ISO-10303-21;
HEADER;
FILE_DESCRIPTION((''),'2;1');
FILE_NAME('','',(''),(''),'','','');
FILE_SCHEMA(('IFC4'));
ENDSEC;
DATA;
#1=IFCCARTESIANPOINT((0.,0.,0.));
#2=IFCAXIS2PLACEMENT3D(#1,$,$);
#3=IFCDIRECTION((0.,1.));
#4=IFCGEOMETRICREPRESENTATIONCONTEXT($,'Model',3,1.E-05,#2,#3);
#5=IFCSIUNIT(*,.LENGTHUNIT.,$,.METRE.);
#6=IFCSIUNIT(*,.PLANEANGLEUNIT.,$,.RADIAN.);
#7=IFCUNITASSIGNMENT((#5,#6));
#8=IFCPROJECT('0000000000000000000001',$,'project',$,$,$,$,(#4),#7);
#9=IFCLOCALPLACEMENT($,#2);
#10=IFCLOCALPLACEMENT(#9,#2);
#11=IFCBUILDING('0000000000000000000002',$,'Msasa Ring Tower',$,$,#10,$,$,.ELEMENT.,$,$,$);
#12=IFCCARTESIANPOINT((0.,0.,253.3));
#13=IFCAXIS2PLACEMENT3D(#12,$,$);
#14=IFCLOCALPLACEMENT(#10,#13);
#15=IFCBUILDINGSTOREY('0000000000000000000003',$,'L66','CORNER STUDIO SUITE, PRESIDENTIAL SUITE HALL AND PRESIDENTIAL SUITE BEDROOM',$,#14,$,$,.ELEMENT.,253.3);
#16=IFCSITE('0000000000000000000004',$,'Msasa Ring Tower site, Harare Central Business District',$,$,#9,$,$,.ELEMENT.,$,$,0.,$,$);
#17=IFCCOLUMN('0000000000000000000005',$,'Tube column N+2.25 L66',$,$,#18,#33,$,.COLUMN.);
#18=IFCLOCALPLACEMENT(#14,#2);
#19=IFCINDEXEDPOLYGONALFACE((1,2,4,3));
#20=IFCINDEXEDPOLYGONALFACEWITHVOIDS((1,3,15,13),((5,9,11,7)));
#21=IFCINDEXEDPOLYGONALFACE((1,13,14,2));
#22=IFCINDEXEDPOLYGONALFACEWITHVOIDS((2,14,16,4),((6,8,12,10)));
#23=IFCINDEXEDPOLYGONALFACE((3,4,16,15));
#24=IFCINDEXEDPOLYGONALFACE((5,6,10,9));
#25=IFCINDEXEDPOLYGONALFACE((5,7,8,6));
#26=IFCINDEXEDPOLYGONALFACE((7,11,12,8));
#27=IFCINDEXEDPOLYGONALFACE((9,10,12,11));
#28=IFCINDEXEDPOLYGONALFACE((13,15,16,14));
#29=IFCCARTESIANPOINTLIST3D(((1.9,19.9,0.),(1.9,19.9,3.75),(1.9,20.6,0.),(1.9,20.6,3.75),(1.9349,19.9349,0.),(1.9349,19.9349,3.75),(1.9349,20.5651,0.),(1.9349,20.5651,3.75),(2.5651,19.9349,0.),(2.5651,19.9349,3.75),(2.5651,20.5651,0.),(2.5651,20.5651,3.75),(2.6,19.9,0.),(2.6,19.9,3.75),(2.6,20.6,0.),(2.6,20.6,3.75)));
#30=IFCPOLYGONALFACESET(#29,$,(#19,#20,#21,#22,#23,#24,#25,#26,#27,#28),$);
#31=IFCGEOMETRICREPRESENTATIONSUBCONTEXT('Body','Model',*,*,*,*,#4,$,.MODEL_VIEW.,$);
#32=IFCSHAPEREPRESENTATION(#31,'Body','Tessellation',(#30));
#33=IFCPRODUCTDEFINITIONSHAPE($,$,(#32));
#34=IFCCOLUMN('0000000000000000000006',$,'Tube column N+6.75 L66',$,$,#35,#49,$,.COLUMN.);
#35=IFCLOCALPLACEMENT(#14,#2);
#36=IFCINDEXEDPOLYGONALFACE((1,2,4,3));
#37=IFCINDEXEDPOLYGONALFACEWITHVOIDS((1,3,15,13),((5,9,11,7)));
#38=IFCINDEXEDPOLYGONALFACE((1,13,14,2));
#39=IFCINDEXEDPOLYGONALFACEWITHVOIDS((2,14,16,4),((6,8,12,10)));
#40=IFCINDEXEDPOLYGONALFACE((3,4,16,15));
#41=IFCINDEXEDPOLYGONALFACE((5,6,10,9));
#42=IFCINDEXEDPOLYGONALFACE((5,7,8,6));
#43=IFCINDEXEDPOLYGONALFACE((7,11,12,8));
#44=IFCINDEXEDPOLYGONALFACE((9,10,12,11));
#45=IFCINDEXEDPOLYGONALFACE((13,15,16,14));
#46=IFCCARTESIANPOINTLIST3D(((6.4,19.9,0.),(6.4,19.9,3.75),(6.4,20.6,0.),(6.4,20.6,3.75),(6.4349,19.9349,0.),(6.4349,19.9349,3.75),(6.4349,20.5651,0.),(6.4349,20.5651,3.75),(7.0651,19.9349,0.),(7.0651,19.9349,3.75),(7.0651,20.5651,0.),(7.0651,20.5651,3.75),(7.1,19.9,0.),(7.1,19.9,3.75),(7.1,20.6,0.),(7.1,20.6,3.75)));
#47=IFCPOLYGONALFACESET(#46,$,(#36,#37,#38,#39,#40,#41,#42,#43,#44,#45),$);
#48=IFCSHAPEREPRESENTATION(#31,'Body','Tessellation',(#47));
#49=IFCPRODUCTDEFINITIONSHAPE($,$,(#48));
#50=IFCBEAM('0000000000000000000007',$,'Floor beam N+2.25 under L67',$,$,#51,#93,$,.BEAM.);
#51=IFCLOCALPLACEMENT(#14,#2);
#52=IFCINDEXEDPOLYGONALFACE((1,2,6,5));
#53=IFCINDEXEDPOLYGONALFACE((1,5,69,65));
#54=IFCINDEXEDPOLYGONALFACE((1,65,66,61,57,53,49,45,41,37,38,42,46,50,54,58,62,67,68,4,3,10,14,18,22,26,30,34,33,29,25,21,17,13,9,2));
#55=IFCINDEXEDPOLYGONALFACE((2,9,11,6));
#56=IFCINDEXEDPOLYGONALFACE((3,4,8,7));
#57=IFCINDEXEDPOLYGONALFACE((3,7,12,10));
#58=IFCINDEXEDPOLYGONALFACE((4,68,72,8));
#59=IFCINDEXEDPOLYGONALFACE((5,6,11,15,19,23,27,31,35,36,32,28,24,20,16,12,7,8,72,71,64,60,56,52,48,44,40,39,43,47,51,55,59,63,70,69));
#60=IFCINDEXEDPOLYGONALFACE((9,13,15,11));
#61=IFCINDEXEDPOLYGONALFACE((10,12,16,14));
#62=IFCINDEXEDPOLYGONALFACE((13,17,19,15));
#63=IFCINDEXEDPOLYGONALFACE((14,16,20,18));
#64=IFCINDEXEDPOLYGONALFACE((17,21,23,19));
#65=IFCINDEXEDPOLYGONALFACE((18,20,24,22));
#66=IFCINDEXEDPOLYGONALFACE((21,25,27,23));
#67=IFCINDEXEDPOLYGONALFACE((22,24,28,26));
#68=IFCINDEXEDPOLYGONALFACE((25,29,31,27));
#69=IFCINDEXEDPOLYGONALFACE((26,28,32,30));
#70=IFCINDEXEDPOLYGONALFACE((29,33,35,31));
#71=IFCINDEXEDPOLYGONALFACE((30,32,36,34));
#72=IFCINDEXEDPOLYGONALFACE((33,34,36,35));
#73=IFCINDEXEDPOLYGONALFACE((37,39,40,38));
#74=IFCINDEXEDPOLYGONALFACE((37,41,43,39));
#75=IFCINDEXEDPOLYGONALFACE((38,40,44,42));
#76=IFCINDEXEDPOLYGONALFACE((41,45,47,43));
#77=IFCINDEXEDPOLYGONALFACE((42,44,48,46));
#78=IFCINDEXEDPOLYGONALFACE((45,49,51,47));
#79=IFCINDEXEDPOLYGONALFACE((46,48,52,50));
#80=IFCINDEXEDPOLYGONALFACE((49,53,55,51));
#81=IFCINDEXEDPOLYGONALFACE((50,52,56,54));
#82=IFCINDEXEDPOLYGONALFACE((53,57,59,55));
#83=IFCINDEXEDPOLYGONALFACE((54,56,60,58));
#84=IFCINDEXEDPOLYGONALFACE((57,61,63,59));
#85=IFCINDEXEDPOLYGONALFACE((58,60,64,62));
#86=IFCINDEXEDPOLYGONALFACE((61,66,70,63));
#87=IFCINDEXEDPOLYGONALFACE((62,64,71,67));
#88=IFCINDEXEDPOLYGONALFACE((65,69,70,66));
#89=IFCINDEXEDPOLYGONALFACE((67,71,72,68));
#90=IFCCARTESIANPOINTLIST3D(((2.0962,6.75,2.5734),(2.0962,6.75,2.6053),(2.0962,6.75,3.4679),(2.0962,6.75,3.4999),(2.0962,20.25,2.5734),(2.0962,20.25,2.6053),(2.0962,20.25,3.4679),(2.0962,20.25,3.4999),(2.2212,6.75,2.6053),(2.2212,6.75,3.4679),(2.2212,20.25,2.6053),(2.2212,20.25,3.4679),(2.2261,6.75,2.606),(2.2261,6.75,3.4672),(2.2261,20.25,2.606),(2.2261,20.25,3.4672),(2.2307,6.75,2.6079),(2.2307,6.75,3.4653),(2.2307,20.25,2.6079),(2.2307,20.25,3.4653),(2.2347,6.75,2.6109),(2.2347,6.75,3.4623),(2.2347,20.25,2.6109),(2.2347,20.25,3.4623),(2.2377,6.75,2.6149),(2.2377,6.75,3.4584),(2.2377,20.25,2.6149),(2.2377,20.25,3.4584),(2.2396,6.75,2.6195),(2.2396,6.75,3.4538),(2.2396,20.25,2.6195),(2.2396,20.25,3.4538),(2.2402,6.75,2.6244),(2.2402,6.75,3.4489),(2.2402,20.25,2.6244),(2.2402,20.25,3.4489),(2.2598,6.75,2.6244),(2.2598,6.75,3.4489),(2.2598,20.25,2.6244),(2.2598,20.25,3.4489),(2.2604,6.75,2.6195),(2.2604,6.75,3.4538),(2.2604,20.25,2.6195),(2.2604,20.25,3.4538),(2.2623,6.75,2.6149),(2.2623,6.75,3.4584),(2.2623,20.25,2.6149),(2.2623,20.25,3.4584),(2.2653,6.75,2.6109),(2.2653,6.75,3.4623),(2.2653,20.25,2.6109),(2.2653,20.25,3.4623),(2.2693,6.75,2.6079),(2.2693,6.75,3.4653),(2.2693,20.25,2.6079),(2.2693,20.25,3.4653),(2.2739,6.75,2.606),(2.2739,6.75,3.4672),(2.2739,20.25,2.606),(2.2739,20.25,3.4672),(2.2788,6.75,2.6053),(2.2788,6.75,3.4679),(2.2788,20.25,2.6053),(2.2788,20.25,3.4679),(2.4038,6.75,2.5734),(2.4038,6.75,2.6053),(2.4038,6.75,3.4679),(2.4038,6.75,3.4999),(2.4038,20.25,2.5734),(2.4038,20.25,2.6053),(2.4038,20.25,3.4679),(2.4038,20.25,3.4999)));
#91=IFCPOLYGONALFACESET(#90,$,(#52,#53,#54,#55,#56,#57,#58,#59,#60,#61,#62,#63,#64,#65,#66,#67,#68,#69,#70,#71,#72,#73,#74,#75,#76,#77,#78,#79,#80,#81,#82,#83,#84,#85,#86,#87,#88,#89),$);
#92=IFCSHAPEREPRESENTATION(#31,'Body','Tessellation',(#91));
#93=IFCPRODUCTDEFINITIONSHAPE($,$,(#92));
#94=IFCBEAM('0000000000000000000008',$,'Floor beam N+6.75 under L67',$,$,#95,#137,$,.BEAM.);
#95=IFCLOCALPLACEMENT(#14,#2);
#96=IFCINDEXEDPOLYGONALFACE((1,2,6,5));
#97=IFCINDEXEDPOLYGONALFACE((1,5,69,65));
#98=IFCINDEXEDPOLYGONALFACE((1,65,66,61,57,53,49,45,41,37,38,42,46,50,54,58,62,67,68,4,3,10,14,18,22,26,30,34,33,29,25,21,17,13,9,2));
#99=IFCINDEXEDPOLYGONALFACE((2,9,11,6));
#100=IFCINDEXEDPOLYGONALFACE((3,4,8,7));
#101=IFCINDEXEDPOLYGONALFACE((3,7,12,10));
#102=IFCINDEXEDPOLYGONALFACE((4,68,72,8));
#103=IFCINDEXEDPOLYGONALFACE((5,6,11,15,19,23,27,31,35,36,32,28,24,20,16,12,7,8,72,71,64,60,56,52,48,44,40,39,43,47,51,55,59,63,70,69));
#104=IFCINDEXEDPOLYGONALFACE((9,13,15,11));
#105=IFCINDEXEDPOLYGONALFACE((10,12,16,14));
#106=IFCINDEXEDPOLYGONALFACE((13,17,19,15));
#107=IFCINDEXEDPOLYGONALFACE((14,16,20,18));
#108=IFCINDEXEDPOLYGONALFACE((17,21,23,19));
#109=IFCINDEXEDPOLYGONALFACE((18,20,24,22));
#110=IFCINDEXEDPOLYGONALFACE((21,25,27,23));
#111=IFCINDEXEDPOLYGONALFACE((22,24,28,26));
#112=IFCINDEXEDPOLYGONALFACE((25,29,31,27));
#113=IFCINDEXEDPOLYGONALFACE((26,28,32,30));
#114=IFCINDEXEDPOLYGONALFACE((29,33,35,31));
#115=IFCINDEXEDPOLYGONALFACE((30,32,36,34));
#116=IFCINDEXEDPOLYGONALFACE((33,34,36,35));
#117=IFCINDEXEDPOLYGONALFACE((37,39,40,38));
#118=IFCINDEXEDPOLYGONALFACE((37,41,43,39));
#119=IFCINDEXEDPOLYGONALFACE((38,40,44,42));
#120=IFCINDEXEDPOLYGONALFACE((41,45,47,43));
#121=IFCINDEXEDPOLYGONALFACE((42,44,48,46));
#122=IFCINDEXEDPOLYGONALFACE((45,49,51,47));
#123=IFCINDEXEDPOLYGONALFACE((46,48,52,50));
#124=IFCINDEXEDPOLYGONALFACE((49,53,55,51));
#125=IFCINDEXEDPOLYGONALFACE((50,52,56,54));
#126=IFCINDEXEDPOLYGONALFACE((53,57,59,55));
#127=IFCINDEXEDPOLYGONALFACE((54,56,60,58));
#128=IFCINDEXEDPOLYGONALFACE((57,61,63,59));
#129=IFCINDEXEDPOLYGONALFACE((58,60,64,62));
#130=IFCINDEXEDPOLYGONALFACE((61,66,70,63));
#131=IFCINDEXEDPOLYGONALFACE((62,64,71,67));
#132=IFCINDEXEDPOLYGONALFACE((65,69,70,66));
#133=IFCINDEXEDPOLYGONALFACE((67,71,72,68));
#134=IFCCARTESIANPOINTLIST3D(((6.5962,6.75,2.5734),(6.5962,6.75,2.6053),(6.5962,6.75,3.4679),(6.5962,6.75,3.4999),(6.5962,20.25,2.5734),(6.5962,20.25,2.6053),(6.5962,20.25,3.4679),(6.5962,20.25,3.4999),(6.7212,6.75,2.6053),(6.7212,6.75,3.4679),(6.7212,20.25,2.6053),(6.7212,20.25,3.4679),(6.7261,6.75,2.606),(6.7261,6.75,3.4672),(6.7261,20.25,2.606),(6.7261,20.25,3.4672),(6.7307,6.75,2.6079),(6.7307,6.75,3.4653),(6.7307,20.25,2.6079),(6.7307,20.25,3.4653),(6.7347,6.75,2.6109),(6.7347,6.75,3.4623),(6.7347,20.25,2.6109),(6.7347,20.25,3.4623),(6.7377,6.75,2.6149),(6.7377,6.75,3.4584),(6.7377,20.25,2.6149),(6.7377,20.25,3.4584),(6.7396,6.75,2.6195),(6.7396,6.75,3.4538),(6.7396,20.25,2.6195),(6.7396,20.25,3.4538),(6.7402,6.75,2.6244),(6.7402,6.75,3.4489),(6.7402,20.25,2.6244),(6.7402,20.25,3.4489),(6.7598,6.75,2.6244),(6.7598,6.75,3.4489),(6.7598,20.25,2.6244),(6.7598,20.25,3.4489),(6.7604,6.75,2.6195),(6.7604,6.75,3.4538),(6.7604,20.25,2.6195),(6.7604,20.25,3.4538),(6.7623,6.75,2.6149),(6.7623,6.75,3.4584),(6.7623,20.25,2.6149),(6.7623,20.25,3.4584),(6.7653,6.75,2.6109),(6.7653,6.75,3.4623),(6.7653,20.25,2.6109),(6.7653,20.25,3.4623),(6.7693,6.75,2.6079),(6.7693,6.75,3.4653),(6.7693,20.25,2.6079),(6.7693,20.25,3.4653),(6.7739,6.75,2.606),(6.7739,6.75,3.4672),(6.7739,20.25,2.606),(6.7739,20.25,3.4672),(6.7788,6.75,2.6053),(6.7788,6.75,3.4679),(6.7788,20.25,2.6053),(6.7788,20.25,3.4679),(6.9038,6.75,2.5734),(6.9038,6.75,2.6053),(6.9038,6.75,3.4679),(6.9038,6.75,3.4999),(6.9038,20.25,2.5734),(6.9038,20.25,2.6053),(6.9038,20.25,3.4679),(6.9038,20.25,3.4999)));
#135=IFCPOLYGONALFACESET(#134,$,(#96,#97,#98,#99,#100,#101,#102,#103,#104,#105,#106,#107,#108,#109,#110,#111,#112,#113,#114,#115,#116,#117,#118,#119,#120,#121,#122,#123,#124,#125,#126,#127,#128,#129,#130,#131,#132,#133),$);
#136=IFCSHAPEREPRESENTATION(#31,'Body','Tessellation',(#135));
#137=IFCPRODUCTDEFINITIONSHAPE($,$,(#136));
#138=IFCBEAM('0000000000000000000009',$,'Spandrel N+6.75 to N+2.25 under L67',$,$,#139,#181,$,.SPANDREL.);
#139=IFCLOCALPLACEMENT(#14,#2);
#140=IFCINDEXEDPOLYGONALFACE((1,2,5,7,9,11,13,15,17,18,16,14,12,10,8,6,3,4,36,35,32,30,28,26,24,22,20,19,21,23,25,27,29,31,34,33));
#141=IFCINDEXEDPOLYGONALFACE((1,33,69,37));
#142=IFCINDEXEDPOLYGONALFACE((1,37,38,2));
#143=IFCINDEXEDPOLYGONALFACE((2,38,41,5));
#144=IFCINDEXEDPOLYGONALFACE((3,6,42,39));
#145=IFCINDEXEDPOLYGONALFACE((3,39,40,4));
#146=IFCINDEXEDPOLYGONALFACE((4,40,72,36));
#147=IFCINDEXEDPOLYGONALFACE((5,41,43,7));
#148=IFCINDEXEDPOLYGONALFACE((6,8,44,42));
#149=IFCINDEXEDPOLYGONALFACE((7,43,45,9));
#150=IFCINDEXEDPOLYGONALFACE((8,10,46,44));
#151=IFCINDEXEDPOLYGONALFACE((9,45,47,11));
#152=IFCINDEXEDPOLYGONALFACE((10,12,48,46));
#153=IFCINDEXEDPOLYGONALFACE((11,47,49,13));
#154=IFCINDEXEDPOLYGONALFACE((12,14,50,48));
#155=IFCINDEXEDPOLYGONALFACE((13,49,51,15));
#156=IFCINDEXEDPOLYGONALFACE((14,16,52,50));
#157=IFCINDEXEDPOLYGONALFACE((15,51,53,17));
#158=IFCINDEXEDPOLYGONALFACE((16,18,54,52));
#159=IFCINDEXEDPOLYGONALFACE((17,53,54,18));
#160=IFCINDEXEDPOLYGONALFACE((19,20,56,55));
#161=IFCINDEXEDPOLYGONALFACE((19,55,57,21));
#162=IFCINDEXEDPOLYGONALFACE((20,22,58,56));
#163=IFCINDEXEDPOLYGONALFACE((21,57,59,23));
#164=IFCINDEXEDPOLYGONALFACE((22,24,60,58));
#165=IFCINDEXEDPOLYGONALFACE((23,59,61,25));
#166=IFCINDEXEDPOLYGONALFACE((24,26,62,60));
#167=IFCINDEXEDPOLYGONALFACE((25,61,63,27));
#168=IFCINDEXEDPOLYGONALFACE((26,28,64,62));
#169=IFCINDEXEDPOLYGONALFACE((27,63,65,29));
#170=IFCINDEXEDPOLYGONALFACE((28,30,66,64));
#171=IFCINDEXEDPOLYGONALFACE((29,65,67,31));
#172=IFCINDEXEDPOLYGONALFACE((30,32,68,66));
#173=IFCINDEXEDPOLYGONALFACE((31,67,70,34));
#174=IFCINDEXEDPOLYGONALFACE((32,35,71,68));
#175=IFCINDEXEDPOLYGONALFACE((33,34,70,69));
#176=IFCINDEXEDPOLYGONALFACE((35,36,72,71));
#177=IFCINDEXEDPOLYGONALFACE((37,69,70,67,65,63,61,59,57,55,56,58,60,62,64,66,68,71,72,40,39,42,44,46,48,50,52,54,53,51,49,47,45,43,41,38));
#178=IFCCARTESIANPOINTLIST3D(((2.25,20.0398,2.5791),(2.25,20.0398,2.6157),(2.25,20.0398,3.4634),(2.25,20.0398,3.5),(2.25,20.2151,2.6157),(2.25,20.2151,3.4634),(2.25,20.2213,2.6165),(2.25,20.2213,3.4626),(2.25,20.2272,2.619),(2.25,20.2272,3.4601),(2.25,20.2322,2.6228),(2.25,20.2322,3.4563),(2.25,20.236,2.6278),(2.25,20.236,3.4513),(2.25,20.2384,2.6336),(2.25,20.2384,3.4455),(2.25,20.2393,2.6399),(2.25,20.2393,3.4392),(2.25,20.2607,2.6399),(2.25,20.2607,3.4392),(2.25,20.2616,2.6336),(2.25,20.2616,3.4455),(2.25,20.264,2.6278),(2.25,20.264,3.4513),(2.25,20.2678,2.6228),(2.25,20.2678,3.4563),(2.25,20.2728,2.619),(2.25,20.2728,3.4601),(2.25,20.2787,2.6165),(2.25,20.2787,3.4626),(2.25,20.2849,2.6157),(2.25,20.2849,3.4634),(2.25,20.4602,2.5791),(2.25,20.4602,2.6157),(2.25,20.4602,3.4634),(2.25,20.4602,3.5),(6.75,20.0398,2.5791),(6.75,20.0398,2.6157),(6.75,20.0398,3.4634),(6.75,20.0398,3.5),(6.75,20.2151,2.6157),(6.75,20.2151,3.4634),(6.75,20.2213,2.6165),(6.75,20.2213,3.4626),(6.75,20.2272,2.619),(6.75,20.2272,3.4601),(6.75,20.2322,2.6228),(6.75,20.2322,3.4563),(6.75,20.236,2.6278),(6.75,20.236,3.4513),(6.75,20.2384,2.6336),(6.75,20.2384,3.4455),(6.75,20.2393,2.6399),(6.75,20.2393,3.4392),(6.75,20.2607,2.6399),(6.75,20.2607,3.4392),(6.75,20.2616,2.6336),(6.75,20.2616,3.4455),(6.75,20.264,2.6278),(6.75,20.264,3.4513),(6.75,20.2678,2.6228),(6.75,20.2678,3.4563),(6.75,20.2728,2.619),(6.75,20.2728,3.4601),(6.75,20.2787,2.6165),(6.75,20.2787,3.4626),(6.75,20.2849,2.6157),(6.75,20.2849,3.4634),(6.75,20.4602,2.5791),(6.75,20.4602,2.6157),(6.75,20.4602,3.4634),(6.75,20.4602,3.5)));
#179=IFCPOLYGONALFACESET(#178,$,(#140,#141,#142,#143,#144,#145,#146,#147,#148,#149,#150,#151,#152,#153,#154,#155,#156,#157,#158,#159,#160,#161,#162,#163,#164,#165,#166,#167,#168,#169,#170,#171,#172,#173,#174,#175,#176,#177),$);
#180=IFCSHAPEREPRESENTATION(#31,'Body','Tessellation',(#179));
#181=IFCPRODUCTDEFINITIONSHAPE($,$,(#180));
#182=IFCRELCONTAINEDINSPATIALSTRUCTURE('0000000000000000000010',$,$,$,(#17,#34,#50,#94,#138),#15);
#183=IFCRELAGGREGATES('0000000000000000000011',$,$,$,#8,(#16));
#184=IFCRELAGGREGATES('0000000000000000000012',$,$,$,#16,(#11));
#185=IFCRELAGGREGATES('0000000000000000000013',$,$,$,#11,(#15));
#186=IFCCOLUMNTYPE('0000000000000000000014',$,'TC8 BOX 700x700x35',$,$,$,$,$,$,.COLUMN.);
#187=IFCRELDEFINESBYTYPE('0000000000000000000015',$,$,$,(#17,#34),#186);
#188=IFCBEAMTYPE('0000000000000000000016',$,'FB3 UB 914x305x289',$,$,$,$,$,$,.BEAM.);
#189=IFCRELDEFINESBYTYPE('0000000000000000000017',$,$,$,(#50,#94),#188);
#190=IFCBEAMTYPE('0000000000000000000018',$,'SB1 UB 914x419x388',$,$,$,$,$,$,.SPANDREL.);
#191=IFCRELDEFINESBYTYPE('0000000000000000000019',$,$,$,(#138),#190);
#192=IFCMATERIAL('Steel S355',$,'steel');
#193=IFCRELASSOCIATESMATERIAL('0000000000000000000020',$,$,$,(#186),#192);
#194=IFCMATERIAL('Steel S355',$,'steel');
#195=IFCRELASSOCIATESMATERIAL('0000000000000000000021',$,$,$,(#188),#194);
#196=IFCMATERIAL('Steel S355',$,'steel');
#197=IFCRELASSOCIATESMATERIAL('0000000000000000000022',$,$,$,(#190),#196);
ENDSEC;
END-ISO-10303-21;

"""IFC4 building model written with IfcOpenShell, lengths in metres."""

from ifc_helpers import new_model, si_unit, direction, frame, origin, origin_2d, place, context, subcontext, project, spatial, hollow_rectangle, i_section, extrude, material, material_profile, profile_set, type_object, element, save


model = new_model("IFC4")

# Units and contexts
model_context = context("Model", 3, precision=1e-05, world=origin(), true_north=direction((0.0, 1.0)))
body_context = subcontext(model_context, "Body", "Model", "MODEL_VIEW")
ifc_project = project(units=[si_unit("LENGTHUNIT", "METRE"), si_unit("PLANEANGLEUNIT", "RADIAN")], contexts=[model_context])

# Site, building, storey
site_placement = place(None, origin())
site = spatial("IfcSite", under=ifc_project, at=site_placement, Name="Msasa Ring Tower site, Harare Central Business District", CompositionType="ELEMENT", RefElevation=0.0)
building_placement = place(site_placement, origin())
building = spatial("IfcBuilding", under=site, at=building_placement, Name="Msasa Ring Tower", CompositionType="ELEMENT")
storey_placement = place(building_placement, frame((0.0, 0.0, 253.3)))
storey = spatial("IfcBuildingStorey", under=building, at=storey_placement, Name="L66", Description="CORNER STUDIO SUITE, PRESIDENTIAL SUITE HALL AND PRESIDENTIAL SUITE BEDROOM", CompositionType="ELEMENT", Elevation=253.3)

# Columns
ifc_material_1 = material(Name="Steel S355", Category="steel")
ifc_material_profile_1 = material_profile(ifc_material_1, hollow_rectangle(XDim=0.7, YDim=0.7, WallThickness=0.0349, at=origin_2d()), Name="BOX 700x700x35")
ifc_profile_set_1 = profile_set([ifc_material_profile_1], Name="Steel S355")
column_type = type_object("IfcColumnType", Name="TC8 BOX 700x700x35", PredefinedType="COLUMN", material=ifc_profile_set_1)
for number, where, z_axis, x_axis, name in (
    (1, (2.25, 20.25, 0.0), (0.0, 0.0, 1.0), (0.0, 1.0, 0.0), "Tube column N+2.25 L66"),
    (2, (6.75, 20.25, 0.0), (0.0, 0.0, 1.0), (0.0, 1.0, 0.0), "Tube column N+6.75 L66"),
):
    element("IfcColumn", number, at=place(storey_placement, frame(where, z_axis=z_axis, x_axis=x_axis)), inside=storey, type_object=column_type, Name=name, PredefinedType="COLUMN", context=body_context, shape_type="SweptSolid", body=[
        extrude(hollow_rectangle(XDim=0.7, YDim=0.7, WallThickness=0.0349, at=origin_2d()), origin(), (0.0, 0.0, 1.0), 3.75),
    ])

# Beams
ifc_material_2 = material(Name="Steel S355", Category="steel")
ifc_material_profile_2 = material_profile(ifc_material_2, i_section(OverallWidth=0.3076, OverallDepth=0.9265, WebThickness=0.0195, FlangeThickness=0.032, FilletRadius=0.019, at=origin_2d()), Name="UB 914x305x289")
ifc_profile_set_2 = profile_set([ifc_material_profile_2], Name="Steel S355")
beam_type_1 = type_object("IfcBeamType", Name="FB3 UB 914x305x289", PredefinedType="BEAM", material=ifc_profile_set_2)
for number, where, z_axis, x_axis, name in (
    (3, (2.25, 20.25, 3.0366), (0.0, -1.0, 0.0), (1.0, 0.0, 0.0), "Floor beam N+2.25 under L67"),
    (4, (6.75, 20.25, 3.0366), (0.0, -1.0, 0.0), (1.0, 0.0, 0.0), "Floor beam N+6.75 under L67"),
):
    element("IfcBeam", number, at=place(storey_placement, frame(where, z_axis=z_axis, x_axis=x_axis)), inside=storey, type_object=beam_type_1, Name=name, PredefinedType="BEAM", context=body_context, shape_type="SweptSolid", body=[
        extrude(i_section(OverallWidth=0.3076, OverallDepth=0.9265, WebThickness=0.0195, FlangeThickness=0.032, FilletRadius=0.019, at=origin_2d()), origin(), (0.0, 0.0, 1.0), 13.5),
    ])
ifc_material_3 = material(Name="Steel S355", Category="steel")
ifc_material_profile_3 = material_profile(ifc_material_3, i_section(OverallWidth=0.4204, OverallDepth=0.9209, WebThickness=0.0215, FlangeThickness=0.0366, FilletRadius=0.0242, at=origin_2d()), Name="UB 914x419x388")
ifc_profile_set_3 = profile_set([ifc_material_profile_3], Name="Steel S355")
beam_type_2 = type_object("IfcBeamType", Name="SB1 UB 914x419x388", PredefinedType="SPANDREL", material=ifc_profile_set_3)
for number, where, z_axis, x_axis, name in (
    (5, (6.75, 20.25, 3.0396), (-1.0, 0.0, 0.0), (0.0, -1.0, 0.0), "Spandrel N+6.75 to N+2.25 under L67"),
):
    element("IfcBeam", number, at=place(storey_placement, frame(where, z_axis=z_axis, x_axis=x_axis)), inside=storey, type_object=beam_type_2, Name=name, PredefinedType="SPANDREL", context=body_context, shape_type="SweptSolid", body=[
        extrude(i_section(OverallWidth=0.4204, OverallDepth=0.9209, WebThickness=0.0215, FlangeThickness=0.0366, FilletRadius=0.0242, at=origin_2d()), origin(), (0.0, 0.0, 1.0), 4.5),
    ])

save(model, "model.ifc")
